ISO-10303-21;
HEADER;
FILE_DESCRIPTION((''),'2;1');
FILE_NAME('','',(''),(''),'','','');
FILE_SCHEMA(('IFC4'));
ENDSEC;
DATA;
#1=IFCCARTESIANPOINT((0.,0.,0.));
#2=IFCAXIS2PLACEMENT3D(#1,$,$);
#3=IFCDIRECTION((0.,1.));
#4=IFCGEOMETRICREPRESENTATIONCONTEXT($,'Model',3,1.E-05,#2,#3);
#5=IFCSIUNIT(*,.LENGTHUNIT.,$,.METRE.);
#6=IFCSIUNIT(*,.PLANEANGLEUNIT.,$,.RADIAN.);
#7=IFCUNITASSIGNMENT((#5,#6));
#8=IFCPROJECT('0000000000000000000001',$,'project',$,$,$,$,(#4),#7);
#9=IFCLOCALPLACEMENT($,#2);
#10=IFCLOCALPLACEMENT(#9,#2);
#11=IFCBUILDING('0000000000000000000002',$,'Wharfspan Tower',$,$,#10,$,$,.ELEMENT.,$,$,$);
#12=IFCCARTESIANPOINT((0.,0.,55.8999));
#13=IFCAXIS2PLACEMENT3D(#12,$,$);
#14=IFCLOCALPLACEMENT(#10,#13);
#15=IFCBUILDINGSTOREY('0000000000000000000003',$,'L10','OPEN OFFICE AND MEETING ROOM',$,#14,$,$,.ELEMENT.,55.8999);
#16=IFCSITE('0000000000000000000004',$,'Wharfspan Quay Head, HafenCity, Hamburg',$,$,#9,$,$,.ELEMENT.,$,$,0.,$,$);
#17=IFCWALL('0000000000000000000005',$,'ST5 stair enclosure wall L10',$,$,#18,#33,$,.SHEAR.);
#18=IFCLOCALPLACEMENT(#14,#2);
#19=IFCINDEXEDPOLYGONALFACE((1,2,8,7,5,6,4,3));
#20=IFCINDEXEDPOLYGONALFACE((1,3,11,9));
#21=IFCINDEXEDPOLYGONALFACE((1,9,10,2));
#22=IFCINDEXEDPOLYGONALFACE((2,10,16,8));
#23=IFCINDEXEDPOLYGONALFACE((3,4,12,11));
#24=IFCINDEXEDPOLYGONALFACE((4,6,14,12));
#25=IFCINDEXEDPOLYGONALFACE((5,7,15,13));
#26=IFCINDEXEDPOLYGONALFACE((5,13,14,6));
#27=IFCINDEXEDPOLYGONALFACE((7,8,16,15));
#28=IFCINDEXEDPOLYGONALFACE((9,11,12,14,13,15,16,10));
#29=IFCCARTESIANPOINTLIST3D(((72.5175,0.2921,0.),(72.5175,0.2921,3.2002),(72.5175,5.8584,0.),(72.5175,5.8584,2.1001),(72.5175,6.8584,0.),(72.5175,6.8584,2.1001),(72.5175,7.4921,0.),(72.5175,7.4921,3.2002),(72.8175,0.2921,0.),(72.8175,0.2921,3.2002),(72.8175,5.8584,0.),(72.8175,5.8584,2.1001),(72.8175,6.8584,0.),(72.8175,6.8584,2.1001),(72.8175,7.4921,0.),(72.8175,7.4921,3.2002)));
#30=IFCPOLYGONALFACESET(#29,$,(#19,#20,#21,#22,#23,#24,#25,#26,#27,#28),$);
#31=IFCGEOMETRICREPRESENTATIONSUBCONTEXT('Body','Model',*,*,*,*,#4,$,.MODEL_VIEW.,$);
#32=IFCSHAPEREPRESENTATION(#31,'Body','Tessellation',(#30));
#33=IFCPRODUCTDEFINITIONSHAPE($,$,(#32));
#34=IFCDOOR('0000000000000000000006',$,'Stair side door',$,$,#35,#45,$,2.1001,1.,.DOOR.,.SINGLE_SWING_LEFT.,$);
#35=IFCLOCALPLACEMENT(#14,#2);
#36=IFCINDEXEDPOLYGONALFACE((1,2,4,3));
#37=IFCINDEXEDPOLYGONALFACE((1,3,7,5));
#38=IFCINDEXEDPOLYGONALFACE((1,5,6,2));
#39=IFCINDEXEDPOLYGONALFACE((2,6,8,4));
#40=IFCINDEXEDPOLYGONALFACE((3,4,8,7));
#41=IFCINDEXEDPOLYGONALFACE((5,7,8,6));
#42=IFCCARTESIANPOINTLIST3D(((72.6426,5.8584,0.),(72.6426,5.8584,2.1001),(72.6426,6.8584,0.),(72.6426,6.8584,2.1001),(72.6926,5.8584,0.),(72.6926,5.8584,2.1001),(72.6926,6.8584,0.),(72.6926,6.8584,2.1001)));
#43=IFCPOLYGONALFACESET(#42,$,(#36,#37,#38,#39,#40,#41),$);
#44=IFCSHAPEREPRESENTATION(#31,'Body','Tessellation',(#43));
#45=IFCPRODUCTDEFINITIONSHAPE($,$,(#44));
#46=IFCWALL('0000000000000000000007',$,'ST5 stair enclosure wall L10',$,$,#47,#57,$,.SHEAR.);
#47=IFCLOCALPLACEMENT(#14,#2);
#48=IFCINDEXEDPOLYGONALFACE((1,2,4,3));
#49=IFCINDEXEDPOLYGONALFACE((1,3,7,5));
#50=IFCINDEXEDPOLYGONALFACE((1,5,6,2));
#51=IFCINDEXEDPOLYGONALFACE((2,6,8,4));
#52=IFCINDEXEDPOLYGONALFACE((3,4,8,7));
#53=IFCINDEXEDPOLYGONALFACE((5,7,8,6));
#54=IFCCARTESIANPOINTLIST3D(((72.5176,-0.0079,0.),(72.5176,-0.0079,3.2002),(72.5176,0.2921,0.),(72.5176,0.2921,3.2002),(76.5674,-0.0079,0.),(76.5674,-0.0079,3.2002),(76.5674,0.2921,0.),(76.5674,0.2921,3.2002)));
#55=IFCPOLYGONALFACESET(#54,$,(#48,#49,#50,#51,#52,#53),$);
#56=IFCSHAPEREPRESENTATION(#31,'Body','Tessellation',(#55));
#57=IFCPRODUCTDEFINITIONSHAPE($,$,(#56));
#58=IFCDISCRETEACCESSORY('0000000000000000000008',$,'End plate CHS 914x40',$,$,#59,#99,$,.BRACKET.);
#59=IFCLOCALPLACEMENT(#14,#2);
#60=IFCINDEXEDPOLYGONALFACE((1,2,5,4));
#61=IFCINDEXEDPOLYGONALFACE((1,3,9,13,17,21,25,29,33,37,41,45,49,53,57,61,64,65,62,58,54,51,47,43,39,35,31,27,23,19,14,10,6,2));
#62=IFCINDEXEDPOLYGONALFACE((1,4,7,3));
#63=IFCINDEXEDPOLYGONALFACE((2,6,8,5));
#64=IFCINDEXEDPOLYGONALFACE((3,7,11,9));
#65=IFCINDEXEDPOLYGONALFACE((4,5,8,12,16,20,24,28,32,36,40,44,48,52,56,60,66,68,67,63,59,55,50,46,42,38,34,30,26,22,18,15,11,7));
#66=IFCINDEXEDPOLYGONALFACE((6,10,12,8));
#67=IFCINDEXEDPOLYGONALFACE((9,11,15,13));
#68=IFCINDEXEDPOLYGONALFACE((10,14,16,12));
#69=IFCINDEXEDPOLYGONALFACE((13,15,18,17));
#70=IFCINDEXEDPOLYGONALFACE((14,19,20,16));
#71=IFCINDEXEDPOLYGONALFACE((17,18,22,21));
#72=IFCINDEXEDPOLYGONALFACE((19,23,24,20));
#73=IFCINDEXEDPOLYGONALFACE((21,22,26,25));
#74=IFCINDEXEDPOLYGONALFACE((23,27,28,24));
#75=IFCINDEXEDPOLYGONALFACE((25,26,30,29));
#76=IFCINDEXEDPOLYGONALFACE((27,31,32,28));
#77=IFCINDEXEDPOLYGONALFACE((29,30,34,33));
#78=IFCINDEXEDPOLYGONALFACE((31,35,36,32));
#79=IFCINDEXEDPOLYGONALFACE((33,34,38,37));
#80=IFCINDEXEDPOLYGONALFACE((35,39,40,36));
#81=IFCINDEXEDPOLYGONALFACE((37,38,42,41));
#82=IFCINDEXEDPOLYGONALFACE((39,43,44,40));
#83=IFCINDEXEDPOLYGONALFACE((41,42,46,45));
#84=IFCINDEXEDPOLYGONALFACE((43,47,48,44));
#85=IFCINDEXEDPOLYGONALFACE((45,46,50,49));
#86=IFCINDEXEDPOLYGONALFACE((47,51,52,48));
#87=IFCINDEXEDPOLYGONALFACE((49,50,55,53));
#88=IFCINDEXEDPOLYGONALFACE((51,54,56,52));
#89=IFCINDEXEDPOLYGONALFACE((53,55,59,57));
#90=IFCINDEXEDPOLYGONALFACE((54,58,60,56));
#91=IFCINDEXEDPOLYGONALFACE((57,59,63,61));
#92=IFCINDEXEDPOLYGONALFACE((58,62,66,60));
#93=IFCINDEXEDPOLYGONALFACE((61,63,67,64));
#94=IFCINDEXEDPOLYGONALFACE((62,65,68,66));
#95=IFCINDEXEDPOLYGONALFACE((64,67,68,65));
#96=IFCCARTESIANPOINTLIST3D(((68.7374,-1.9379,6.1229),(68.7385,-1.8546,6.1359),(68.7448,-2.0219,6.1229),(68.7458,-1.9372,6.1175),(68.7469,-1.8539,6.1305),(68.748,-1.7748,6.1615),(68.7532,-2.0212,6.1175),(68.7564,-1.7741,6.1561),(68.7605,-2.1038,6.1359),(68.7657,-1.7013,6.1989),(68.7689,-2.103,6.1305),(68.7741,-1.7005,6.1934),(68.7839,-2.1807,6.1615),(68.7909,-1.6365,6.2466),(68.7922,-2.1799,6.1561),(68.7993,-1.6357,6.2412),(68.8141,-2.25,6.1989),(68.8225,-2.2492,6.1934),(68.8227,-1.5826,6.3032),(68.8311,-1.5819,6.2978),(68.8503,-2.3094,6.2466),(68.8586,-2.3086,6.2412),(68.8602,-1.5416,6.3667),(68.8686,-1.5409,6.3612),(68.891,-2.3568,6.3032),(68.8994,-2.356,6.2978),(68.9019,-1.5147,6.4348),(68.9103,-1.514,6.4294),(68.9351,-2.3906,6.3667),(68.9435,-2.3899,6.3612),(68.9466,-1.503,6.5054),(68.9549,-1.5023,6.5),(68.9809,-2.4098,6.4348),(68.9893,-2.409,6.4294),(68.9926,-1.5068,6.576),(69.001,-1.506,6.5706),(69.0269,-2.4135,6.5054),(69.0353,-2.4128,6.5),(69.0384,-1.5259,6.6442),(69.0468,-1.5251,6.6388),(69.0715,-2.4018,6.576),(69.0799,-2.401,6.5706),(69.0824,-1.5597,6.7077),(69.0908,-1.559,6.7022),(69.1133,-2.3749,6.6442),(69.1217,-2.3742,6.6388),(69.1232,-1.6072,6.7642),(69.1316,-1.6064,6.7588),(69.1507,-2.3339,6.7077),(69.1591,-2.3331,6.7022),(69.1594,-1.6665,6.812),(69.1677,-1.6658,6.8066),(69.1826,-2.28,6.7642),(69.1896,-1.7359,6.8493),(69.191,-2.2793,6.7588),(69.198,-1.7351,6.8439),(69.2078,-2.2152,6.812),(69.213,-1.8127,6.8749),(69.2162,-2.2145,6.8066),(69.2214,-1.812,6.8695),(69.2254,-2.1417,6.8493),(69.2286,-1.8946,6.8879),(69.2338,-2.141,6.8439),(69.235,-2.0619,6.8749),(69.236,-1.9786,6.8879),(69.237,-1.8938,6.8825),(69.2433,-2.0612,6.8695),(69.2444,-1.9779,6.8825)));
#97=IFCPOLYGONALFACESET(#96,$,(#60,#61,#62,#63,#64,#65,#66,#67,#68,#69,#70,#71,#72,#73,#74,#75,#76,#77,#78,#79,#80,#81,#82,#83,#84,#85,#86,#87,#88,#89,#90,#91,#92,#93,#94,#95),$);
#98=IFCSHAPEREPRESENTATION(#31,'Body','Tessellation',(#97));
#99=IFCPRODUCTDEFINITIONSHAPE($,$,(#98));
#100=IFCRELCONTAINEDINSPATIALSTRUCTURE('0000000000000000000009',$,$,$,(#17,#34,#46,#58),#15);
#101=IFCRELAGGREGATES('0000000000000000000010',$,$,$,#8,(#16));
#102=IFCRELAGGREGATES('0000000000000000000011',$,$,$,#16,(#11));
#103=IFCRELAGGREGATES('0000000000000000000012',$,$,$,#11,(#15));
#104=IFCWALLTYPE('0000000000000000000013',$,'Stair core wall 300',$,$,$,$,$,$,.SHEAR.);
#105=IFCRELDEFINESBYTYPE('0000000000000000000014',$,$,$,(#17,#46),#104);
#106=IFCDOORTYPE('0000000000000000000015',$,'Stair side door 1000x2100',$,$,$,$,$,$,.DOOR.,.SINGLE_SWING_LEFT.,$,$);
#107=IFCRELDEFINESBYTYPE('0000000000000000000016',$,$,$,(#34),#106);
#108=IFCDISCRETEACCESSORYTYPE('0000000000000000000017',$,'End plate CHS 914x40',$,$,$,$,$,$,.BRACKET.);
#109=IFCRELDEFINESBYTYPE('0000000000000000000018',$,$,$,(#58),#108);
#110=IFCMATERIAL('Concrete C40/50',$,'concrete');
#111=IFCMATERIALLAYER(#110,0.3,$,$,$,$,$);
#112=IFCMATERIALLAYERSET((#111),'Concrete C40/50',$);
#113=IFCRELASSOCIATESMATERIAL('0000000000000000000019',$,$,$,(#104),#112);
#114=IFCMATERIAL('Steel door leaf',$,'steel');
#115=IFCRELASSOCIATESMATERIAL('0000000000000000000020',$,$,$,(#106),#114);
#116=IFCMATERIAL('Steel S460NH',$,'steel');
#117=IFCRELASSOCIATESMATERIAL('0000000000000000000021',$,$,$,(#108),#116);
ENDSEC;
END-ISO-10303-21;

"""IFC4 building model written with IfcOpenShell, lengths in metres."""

from ifc_helpers import new_model, si_unit, direction, frame, frame_2d, origin, origin_2d, place, context, subcontext, project, spatial, rectangle, circle, extrude, material, layer, layer_set, material_profile, profile_set, type_object, element, fill, save


model = new_model("IFC4")

# Units and contexts
model_context = context("Model", 3, precision=1e-05, world=origin(), true_north=direction((0.0, 1.0)))
body_context = subcontext(model_context, "Body", "Model", "MODEL_VIEW")
ifc_project = project(units=[si_unit("LENGTHUNIT", "METRE"), si_unit("PLANEANGLEUNIT", "RADIAN")], contexts=[model_context])

# Site, building, storey
site_placement = place(None, origin())
site = spatial("IfcSite", under=ifc_project, at=site_placement, Name="Wharfspan Quay Head, HafenCity, Hamburg", CompositionType="ELEMENT", RefElevation=0.0)
building_placement = place(site_placement, origin())
building = spatial("IfcBuilding", under=site, at=building_placement, Name="Wharfspan Tower", CompositionType="ELEMENT")
storey_placement = place(building_placement, frame((0.0, 0.0, 55.8999)))
storey = spatial("IfcBuildingStorey", under=building, at=storey_placement, Name="L10", Description="OPEN OFFICE AND MEETING ROOM", CompositionType="ELEMENT", Elevation=55.8999)

# Wall, opening, door
ifc_material_1 = material(Name="Concrete C40/50", Category="concrete")
ifc_layer_1 = layer(ifc_material_1, 0.3)
ifc_layer_set_1 = layer_set([ifc_layer_1], Name="Concrete C40/50")
wall_type_1 = type_object("IfcWallType", Name="Stair core wall 300", PredefinedType="SHEAR", material=ifc_layer_set_1)
ifc_material_2 = material(Name="Steel door leaf", Category="steel")
wall_1_placement = place(storey_placement, frame((72.6675, 0.292, 0.0), z_axis=(0.0, 0.0, 1.0), x_axis=(0.0, 1.0, 0.0)))
wall_1 = element("IfcWall", 1, at=wall_1_placement, inside=storey, type_object=wall_type_1, Name="ST5 stair enclosure wall L10", PredefinedType="SHEAR", context=body_context, shape_type="SweptSolid", body=[
    extrude(rectangle(XDim=7.2, YDim=0.3, at=frame_2d((3.6001, 0.0))), origin(), (0.0, 0.0, 1.0), 3.2002),
])
opening_1_placement = place(wall_1_placement, frame((5.5664, 0.0, 0.0)))
opening_1 = element("IfcOpeningElement", 2, at=opening_1_placement, cuts=wall_1, PredefinedType="OPENING", context=body_context, shape_type="SweptSolid", body=[
    extrude(rectangle(XDim=1.0, YDim=2.1001, at=frame_2d((0.5, 1.05))), frame((0.0, 0.1599, 0.0), z_axis=(0.0, -1.0, 0.0), x_axis=(1.0, 0.0, 0.0)), (0.0, 0.0, 1.0), 0.3201),
])
door_type_1 = type_object("IfcDoorType", Name="Stair side door 1000x2100", OperationType="SINGLE_SWING_LEFT", PredefinedType="DOOR", material=ifc_material_2)
door_1_placement = place(opening_1_placement, origin())
door_1 = element("IfcDoor", 3, at=door_1_placement, inside=storey, type_object=door_type_1, Name="Stair side door", OperationType="SINGLE_SWING_LEFT", OverallHeight=2.1001, OverallWidth=1.0, PredefinedType="DOOR", context=body_context, shape_type="SweptSolid", body=[
    extrude(rectangle(XDim=1.0, YDim=2.1001, at=frame_2d((0.5, 1.05))), frame((0.0, 0.0249, 0.0), z_axis=(0.0, -1.0, 0.0), x_axis=(1.0, 0.0, 0.0)), (0.0, 0.0, 1.0), 0.05),
])
fill(opening_1, door_1)

# Wall
wall_2_placement = place(storey_placement, frame((72.5176, 0.1421, 0.0), z_axis=(0.0, 0.0, 1.0), x_axis=(1.0, 0.0, 0.0)))
element("IfcWall", 4, at=wall_2_placement, inside=storey, type_object=wall_type_1, Name="ST5 stair enclosure wall L10", PredefinedType="SHEAR", context=body_context, shape_type="SweptSolid", body=[
    extrude(rectangle(XDim=4.0498, YDim=0.3, at=frame_2d((2.0249, 0.0))), origin(), (0.0, 0.0, 1.0), 3.2002),
])

# Discrete accessory
ifc_material_3 = material(Name="Steel S460NH", Category="steel")
ifc_material_profile_1 = material_profile(ifc_material_3, circle(Radius=0.457, at=origin_2d()))
ifc_profile_set_1 = profile_set([ifc_material_profile_1], Name="Steel S460NH")
discrete_accessory_type = type_object("IfcDiscreteAccessoryType", Name="End plate CHS 914x40", PredefinedType="BRACKET", material=ifc_profile_set_1)
discrete_accessory_placement = place(storey_placement, frame((68.9951, -1.9575, 6.5), z_axis=(-0.837276, -0.073877, 0.541767), x_axis=(0.087893, -0.996132, -0.000001)))
element("IfcDiscreteAccessory", 5, at=discrete_accessory_placement, inside=storey, type_object=discrete_accessory_type, Name="End plate CHS 914x40", PredefinedType="BRACKET", context=body_context, shape_type="SweptSolid", body=[
    extrude(circle(Radius=0.457, at=origin_2d()), origin(), (0.0, 0.0, 1.0), 0.01),
])

save(model, "model.ifc")
